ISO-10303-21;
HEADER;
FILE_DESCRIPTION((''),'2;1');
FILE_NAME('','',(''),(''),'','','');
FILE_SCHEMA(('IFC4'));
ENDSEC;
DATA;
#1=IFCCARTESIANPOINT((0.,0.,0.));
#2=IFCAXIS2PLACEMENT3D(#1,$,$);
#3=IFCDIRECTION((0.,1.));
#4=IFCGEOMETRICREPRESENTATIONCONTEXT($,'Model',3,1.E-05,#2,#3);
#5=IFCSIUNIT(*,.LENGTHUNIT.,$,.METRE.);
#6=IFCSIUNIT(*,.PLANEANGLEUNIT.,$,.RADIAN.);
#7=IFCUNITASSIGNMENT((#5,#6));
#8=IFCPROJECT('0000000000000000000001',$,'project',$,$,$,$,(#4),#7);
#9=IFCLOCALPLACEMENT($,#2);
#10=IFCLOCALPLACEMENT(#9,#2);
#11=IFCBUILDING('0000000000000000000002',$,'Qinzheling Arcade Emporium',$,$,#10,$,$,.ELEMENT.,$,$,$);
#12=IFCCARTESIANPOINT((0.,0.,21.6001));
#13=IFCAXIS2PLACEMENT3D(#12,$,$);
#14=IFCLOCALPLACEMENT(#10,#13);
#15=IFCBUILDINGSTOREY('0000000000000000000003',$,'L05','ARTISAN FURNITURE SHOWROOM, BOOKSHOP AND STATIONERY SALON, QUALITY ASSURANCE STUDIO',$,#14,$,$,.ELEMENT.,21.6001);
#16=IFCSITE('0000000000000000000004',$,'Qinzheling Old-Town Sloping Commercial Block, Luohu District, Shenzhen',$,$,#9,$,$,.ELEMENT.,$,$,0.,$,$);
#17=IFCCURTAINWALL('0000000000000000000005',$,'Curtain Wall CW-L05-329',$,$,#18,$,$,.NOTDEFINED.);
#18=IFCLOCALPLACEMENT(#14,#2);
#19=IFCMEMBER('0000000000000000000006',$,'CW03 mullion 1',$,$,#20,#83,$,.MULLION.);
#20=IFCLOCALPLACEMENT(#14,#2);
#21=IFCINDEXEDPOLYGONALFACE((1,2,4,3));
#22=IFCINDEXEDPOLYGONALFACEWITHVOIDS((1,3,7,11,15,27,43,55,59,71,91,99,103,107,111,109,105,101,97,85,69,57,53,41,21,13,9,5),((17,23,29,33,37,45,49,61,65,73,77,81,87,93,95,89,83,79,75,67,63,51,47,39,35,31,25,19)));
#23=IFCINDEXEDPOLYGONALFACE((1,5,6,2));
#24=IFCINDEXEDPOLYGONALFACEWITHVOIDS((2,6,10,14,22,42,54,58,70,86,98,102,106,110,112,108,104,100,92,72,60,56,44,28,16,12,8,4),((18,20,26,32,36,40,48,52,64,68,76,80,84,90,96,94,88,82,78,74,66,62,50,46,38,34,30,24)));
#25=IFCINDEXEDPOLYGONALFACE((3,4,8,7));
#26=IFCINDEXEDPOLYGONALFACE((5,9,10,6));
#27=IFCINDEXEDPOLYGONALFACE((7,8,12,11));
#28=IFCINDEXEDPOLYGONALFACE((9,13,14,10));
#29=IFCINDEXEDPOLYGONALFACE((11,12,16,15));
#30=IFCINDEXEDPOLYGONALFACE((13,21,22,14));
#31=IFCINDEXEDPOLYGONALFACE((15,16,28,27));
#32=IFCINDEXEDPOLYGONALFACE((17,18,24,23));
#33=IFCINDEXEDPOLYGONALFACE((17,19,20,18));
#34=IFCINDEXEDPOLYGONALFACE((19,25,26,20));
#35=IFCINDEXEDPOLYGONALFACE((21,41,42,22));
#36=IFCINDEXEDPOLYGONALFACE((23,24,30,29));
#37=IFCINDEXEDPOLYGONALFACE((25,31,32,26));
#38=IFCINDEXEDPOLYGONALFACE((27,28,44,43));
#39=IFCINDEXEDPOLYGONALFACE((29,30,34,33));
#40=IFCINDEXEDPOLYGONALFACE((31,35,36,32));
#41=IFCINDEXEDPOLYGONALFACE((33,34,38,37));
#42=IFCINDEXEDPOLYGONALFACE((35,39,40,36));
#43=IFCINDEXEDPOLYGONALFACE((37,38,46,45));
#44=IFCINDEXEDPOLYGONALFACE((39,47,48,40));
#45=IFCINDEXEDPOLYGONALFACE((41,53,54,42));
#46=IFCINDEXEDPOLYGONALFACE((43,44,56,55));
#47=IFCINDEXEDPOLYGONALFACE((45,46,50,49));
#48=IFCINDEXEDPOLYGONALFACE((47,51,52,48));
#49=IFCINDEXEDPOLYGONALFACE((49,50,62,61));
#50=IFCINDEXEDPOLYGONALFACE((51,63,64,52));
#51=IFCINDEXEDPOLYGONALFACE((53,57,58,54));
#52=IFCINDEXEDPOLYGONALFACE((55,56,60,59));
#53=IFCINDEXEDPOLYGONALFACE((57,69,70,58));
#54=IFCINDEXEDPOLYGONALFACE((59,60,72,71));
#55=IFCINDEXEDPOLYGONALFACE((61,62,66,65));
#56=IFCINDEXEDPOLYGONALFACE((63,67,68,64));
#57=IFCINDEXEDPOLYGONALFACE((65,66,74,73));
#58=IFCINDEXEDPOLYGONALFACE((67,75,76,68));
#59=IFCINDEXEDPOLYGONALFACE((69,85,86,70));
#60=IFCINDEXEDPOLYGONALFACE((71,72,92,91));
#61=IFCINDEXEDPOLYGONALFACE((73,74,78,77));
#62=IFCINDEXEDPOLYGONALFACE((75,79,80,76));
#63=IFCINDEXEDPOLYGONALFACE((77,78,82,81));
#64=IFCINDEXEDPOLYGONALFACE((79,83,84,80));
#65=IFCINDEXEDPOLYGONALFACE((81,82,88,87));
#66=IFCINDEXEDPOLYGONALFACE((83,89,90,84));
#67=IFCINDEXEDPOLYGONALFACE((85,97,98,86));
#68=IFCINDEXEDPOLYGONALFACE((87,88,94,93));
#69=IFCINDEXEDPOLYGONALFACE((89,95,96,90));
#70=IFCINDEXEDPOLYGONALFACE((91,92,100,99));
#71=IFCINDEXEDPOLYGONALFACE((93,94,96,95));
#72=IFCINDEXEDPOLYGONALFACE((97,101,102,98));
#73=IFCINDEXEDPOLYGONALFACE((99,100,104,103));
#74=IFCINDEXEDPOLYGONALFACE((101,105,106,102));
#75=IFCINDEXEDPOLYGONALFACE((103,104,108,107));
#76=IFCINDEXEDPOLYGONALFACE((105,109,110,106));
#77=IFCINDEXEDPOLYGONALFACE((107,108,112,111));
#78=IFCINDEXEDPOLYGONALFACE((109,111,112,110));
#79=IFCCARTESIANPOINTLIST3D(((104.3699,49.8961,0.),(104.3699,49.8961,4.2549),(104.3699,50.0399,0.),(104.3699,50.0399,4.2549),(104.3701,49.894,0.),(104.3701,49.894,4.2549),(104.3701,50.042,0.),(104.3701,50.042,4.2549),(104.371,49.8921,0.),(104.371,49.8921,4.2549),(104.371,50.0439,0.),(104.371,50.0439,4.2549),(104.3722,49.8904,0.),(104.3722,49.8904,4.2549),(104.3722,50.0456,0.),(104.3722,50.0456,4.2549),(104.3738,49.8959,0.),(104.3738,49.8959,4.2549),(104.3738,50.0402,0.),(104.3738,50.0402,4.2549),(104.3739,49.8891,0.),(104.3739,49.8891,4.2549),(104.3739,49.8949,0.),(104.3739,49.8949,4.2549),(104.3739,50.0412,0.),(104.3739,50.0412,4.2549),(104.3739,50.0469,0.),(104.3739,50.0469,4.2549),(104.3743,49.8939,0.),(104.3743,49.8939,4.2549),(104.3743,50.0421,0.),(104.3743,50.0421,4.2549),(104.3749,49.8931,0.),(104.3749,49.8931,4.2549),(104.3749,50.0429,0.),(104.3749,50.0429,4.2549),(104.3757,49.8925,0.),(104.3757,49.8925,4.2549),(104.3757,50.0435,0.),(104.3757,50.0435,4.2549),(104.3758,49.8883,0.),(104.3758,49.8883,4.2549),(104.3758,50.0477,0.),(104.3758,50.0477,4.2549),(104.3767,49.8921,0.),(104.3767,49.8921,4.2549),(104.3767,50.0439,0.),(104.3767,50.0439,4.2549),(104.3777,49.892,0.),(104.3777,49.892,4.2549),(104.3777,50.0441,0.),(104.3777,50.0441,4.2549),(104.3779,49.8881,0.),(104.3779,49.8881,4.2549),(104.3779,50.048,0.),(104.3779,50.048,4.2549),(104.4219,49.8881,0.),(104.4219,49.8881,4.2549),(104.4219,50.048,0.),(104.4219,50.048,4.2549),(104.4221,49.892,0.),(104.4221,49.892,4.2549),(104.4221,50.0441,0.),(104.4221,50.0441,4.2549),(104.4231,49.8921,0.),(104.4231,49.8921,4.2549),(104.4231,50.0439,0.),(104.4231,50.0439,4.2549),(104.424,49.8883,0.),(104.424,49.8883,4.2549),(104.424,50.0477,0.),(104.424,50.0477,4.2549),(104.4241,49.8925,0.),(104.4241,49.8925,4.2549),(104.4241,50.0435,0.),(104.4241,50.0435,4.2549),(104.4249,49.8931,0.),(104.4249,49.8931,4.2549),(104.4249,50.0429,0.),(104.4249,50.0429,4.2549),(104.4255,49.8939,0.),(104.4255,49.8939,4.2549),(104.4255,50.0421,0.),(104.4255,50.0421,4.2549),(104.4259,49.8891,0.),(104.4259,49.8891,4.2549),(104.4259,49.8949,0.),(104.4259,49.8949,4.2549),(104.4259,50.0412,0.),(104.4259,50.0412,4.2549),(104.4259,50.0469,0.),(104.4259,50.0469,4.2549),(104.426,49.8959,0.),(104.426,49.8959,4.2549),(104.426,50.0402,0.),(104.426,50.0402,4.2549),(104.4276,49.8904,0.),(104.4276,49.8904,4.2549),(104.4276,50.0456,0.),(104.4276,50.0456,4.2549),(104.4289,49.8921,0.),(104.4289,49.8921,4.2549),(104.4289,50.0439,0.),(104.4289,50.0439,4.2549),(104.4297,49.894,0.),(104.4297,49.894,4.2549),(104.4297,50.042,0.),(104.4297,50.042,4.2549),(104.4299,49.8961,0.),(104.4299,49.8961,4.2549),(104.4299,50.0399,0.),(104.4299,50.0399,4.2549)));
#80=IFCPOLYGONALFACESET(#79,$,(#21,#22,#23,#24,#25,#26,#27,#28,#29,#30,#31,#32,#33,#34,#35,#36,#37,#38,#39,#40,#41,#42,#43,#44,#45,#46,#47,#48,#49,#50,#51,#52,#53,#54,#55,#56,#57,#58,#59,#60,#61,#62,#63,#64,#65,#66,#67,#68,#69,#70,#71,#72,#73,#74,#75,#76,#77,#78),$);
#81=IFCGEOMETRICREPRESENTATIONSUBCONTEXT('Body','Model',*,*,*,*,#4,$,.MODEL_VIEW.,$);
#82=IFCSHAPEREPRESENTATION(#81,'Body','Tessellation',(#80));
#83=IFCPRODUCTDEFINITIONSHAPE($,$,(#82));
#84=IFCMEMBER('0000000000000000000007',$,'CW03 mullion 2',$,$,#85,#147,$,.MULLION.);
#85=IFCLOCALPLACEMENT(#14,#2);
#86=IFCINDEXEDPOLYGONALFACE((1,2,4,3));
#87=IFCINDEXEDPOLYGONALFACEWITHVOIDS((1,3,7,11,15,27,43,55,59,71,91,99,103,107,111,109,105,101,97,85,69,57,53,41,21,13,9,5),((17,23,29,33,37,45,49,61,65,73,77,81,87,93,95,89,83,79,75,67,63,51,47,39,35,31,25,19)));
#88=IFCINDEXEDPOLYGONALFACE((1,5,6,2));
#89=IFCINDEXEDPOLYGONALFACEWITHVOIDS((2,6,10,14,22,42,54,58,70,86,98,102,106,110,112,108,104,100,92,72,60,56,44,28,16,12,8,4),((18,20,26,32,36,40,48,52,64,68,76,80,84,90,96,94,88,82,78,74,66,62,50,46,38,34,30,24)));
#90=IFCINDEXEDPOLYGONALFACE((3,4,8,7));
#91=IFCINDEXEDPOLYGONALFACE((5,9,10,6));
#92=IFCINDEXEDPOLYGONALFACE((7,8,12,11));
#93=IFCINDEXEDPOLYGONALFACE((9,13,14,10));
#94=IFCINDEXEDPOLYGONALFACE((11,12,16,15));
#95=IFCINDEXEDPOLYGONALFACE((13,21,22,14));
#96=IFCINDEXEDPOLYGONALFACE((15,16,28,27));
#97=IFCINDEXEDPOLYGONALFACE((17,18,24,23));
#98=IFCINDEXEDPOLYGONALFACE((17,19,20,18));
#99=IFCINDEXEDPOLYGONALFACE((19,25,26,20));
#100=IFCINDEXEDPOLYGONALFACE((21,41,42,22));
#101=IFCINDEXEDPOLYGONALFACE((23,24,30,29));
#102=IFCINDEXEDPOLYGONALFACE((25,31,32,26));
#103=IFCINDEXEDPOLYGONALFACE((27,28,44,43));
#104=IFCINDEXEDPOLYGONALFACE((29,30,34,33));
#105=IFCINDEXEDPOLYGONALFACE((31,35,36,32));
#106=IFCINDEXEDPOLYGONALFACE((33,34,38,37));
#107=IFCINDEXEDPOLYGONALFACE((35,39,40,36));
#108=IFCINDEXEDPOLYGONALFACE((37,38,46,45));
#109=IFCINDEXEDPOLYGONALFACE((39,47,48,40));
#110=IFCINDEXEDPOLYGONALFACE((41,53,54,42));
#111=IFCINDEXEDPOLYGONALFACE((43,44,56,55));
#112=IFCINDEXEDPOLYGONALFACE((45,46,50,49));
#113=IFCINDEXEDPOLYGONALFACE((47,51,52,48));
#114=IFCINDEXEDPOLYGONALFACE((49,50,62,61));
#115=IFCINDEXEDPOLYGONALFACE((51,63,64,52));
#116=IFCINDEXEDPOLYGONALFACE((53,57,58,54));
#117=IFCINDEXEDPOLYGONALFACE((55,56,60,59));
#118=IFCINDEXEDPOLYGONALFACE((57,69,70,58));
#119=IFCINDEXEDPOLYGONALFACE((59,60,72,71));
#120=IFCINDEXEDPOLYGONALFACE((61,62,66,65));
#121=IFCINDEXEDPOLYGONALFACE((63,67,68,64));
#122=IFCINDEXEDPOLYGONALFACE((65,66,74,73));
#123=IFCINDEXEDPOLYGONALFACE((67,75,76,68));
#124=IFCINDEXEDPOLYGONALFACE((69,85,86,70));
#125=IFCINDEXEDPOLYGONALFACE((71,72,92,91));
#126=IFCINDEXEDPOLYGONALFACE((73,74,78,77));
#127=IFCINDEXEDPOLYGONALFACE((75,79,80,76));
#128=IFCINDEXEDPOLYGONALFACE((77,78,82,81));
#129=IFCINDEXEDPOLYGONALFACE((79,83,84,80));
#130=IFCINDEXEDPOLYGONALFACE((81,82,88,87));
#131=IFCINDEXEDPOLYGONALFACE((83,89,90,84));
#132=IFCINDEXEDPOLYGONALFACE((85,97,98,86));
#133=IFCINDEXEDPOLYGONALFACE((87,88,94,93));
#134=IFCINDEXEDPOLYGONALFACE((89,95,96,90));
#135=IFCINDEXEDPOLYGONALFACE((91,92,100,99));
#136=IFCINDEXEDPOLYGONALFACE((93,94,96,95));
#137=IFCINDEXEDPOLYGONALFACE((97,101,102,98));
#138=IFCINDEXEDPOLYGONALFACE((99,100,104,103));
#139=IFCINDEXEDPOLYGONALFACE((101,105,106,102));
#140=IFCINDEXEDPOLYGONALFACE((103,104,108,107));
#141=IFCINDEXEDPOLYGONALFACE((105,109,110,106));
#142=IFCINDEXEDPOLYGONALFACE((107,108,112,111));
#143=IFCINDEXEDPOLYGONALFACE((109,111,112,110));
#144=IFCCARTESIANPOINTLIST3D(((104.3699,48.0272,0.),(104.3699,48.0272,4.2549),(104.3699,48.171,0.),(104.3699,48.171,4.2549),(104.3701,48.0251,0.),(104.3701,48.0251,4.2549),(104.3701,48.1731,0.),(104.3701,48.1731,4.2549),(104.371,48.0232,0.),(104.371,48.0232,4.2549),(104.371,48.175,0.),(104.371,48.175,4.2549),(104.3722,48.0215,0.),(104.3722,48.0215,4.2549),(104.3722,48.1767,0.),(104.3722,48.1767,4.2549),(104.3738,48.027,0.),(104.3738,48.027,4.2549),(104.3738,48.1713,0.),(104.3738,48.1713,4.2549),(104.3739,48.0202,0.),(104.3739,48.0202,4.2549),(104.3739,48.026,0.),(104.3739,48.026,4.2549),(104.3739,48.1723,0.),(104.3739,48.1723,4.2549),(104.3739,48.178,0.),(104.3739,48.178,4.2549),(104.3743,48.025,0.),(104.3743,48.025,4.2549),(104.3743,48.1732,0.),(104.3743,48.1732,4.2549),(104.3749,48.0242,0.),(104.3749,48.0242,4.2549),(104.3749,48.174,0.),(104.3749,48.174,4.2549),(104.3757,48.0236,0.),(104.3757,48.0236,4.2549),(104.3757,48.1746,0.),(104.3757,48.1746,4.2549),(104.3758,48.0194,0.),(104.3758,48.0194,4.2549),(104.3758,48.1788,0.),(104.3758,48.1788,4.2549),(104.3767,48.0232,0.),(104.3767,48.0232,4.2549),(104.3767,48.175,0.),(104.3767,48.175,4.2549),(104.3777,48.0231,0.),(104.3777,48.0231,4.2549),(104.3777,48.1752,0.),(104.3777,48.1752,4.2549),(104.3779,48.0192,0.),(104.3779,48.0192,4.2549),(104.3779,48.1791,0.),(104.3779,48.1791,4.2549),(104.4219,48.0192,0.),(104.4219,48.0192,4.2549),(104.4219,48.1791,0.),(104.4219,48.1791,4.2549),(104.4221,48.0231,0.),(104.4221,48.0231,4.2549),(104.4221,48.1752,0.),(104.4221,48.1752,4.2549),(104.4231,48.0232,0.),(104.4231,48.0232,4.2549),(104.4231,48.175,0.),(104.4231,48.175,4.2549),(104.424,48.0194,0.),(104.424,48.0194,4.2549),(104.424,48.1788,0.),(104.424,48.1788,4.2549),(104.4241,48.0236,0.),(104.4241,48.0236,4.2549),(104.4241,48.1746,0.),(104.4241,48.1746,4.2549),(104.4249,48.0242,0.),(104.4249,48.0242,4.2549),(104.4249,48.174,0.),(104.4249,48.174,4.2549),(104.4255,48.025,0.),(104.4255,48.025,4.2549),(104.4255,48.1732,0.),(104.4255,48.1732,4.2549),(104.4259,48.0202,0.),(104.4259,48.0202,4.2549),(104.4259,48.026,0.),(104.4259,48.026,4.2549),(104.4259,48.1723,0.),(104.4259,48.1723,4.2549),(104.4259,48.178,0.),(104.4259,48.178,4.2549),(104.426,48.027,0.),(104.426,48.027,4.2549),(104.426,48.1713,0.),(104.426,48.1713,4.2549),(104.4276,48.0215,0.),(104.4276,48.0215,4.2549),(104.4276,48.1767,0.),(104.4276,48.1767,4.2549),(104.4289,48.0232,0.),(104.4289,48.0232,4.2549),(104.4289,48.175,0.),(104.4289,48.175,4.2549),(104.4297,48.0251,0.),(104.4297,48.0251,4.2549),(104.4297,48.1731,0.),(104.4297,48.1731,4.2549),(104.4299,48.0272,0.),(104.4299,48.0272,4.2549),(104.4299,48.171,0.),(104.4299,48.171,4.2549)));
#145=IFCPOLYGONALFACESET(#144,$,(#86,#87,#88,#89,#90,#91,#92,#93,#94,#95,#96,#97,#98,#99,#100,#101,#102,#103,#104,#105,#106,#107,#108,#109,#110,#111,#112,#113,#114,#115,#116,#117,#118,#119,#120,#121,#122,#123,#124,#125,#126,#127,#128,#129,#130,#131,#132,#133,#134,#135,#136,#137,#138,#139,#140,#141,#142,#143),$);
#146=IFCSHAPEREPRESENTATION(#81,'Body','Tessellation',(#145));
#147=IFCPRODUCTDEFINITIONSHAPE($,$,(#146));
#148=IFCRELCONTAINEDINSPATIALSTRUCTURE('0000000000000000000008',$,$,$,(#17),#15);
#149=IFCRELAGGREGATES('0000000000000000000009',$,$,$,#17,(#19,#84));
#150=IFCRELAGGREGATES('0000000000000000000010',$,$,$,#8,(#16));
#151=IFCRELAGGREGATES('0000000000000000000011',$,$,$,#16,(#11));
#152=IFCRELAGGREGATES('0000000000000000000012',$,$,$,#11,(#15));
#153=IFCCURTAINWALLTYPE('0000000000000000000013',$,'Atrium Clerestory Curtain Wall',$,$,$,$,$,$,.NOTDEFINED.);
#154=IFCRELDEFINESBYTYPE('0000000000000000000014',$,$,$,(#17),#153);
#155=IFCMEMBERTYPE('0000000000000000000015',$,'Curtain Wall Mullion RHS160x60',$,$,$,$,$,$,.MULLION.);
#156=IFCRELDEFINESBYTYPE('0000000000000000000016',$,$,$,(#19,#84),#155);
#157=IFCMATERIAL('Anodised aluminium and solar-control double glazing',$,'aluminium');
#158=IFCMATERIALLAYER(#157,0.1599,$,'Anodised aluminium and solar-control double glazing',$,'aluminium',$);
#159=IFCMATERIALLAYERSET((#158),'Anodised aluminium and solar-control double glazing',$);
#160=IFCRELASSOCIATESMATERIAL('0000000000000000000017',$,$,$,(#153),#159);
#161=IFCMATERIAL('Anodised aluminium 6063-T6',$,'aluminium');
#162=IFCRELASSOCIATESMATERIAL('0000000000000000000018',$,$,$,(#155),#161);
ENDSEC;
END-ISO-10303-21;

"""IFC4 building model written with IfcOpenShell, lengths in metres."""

from ifc_helpers import new_model, si_unit, direction, frame, origin, origin_2d, place, context, subcontext, project, spatial, hollow_rectangle, extrude, material, layer, layer_set, material_profile, profile_set, type_object, element, aggregate, save


model = new_model("IFC4")

# Units and contexts
model_context = context("Model", 3, precision=1e-05, world=origin(), true_north=direction((0.0, 1.0)))
body_context = subcontext(model_context, "Body", "Model", "MODEL_VIEW")
ifc_project = project(units=[si_unit("LENGTHUNIT", "METRE"), si_unit("PLANEANGLEUNIT", "RADIAN")], contexts=[model_context])

# Site, building, storey
site_placement = place(None, origin())
site = spatial("IfcSite", under=ifc_project, at=site_placement, Name="Qinzheling Old-Town Sloping Commercial Block, Luohu District, Shenzhen", CompositionType="ELEMENT", RefElevation=0.0)
building_placement = place(site_placement, origin())
building = spatial("IfcBuilding", under=site, at=building_placement, Name="Qinzheling Arcade Emporium", CompositionType="ELEMENT")
storey_placement = place(building_placement, frame((0.0, 0.0, 21.6001)))
storey = spatial("IfcBuildingStorey", under=building, at=storey_placement, Name="L05", Description="ARTISAN FURNITURE SHOWROOM, BOOKSHOP AND STATIONERY SALON, QUALITY ASSURANCE STUDIO", CompositionType="ELEMENT", Elevation=21.6001)

# Curtain wall, members
ifc_material_1 = material(Name="Anodised aluminium and solar-control double glazing", Category="aluminium")
ifc_layer_1 = layer(ifc_material_1, 0.1599, Name="Anodised aluminium and solar-control double glazing", Category="aluminium")
ifc_layer_set_1 = layer_set([ifc_layer_1], Name="Anodised aluminium and solar-control double glazing")
curtain_wall_type = type_object("IfcCurtainWallType", Name="Atrium Clerestory Curtain Wall", PredefinedType="NOTDEFINED", material=ifc_layer_set_1)
curtain_wall_placement = place(storey_placement, origin())
curtain_wall = element("IfcCurtainWall", 1, at=curtain_wall_placement, inside=storey, type_object=curtain_wall_type, Name="Curtain Wall CW-L05-329", PredefinedType="NOTDEFINED")
ifc_material_2 = material(Name="Anodised aluminium 6063-T6", Category="aluminium")
ifc_material_profile_1 = material_profile(ifc_material_2, hollow_rectangle(XDim=0.0601, YDim=0.1599, WallThickness=0.0039, InnerFilletRadius=0.0039, OuterFilletRadius=0.0081, at=origin_2d()), Name="RHS 160x60x4", Category="aluminium")
ifc_profile_set_1 = profile_set([ifc_material_profile_1], Name="Anodised aluminium 6063-T6")
member_type_1 = type_object("IfcMemberType", Name="Curtain Wall Mullion RHS160x60", PredefinedType="MULLION", material=ifc_profile_set_1)
member_1_placement = place(storey_placement, frame((104.3999, 49.968, 0.0), z_axis=(0.0, 0.0, 1.0), x_axis=(1.0, 0.0, 0.0)))
member_1 = element("IfcMember", 2, at=member_1_placement, type_object=member_type_1, Name="CW03 mullion 1", PredefinedType="MULLION", context=body_context, shape_type="SweptSolid", body=[
    extrude(hollow_rectangle(XDim=0.0601, YDim=0.1599, WallThickness=0.0039, InnerFilletRadius=0.0039, OuterFilletRadius=0.0081, at=origin_2d()), origin(), (0.0, 0.0, 1.0), 4.2549),
])
member_2_placement = place(storey_placement, frame((104.3999, 48.0991, 0.0), z_axis=(0.0, 0.0, 1.0), x_axis=(1.0, 0.0, 0.0)))
member_2 = element("IfcMember", 3, at=member_2_placement, type_object=member_type_1, Name="CW03 mullion 2", PredefinedType="MULLION", context=body_context, shape_type="SweptSolid", body=[
    extrude(hollow_rectangle(XDim=0.0601, YDim=0.1599, WallThickness=0.0039, InnerFilletRadius=0.0039, OuterFilletRadius=0.0081, at=origin_2d()), origin(), (0.0, 0.0, 1.0), 4.2549),
])
aggregate(curtain_wall, [member_1, member_2])

save(model, "model.ifc")
